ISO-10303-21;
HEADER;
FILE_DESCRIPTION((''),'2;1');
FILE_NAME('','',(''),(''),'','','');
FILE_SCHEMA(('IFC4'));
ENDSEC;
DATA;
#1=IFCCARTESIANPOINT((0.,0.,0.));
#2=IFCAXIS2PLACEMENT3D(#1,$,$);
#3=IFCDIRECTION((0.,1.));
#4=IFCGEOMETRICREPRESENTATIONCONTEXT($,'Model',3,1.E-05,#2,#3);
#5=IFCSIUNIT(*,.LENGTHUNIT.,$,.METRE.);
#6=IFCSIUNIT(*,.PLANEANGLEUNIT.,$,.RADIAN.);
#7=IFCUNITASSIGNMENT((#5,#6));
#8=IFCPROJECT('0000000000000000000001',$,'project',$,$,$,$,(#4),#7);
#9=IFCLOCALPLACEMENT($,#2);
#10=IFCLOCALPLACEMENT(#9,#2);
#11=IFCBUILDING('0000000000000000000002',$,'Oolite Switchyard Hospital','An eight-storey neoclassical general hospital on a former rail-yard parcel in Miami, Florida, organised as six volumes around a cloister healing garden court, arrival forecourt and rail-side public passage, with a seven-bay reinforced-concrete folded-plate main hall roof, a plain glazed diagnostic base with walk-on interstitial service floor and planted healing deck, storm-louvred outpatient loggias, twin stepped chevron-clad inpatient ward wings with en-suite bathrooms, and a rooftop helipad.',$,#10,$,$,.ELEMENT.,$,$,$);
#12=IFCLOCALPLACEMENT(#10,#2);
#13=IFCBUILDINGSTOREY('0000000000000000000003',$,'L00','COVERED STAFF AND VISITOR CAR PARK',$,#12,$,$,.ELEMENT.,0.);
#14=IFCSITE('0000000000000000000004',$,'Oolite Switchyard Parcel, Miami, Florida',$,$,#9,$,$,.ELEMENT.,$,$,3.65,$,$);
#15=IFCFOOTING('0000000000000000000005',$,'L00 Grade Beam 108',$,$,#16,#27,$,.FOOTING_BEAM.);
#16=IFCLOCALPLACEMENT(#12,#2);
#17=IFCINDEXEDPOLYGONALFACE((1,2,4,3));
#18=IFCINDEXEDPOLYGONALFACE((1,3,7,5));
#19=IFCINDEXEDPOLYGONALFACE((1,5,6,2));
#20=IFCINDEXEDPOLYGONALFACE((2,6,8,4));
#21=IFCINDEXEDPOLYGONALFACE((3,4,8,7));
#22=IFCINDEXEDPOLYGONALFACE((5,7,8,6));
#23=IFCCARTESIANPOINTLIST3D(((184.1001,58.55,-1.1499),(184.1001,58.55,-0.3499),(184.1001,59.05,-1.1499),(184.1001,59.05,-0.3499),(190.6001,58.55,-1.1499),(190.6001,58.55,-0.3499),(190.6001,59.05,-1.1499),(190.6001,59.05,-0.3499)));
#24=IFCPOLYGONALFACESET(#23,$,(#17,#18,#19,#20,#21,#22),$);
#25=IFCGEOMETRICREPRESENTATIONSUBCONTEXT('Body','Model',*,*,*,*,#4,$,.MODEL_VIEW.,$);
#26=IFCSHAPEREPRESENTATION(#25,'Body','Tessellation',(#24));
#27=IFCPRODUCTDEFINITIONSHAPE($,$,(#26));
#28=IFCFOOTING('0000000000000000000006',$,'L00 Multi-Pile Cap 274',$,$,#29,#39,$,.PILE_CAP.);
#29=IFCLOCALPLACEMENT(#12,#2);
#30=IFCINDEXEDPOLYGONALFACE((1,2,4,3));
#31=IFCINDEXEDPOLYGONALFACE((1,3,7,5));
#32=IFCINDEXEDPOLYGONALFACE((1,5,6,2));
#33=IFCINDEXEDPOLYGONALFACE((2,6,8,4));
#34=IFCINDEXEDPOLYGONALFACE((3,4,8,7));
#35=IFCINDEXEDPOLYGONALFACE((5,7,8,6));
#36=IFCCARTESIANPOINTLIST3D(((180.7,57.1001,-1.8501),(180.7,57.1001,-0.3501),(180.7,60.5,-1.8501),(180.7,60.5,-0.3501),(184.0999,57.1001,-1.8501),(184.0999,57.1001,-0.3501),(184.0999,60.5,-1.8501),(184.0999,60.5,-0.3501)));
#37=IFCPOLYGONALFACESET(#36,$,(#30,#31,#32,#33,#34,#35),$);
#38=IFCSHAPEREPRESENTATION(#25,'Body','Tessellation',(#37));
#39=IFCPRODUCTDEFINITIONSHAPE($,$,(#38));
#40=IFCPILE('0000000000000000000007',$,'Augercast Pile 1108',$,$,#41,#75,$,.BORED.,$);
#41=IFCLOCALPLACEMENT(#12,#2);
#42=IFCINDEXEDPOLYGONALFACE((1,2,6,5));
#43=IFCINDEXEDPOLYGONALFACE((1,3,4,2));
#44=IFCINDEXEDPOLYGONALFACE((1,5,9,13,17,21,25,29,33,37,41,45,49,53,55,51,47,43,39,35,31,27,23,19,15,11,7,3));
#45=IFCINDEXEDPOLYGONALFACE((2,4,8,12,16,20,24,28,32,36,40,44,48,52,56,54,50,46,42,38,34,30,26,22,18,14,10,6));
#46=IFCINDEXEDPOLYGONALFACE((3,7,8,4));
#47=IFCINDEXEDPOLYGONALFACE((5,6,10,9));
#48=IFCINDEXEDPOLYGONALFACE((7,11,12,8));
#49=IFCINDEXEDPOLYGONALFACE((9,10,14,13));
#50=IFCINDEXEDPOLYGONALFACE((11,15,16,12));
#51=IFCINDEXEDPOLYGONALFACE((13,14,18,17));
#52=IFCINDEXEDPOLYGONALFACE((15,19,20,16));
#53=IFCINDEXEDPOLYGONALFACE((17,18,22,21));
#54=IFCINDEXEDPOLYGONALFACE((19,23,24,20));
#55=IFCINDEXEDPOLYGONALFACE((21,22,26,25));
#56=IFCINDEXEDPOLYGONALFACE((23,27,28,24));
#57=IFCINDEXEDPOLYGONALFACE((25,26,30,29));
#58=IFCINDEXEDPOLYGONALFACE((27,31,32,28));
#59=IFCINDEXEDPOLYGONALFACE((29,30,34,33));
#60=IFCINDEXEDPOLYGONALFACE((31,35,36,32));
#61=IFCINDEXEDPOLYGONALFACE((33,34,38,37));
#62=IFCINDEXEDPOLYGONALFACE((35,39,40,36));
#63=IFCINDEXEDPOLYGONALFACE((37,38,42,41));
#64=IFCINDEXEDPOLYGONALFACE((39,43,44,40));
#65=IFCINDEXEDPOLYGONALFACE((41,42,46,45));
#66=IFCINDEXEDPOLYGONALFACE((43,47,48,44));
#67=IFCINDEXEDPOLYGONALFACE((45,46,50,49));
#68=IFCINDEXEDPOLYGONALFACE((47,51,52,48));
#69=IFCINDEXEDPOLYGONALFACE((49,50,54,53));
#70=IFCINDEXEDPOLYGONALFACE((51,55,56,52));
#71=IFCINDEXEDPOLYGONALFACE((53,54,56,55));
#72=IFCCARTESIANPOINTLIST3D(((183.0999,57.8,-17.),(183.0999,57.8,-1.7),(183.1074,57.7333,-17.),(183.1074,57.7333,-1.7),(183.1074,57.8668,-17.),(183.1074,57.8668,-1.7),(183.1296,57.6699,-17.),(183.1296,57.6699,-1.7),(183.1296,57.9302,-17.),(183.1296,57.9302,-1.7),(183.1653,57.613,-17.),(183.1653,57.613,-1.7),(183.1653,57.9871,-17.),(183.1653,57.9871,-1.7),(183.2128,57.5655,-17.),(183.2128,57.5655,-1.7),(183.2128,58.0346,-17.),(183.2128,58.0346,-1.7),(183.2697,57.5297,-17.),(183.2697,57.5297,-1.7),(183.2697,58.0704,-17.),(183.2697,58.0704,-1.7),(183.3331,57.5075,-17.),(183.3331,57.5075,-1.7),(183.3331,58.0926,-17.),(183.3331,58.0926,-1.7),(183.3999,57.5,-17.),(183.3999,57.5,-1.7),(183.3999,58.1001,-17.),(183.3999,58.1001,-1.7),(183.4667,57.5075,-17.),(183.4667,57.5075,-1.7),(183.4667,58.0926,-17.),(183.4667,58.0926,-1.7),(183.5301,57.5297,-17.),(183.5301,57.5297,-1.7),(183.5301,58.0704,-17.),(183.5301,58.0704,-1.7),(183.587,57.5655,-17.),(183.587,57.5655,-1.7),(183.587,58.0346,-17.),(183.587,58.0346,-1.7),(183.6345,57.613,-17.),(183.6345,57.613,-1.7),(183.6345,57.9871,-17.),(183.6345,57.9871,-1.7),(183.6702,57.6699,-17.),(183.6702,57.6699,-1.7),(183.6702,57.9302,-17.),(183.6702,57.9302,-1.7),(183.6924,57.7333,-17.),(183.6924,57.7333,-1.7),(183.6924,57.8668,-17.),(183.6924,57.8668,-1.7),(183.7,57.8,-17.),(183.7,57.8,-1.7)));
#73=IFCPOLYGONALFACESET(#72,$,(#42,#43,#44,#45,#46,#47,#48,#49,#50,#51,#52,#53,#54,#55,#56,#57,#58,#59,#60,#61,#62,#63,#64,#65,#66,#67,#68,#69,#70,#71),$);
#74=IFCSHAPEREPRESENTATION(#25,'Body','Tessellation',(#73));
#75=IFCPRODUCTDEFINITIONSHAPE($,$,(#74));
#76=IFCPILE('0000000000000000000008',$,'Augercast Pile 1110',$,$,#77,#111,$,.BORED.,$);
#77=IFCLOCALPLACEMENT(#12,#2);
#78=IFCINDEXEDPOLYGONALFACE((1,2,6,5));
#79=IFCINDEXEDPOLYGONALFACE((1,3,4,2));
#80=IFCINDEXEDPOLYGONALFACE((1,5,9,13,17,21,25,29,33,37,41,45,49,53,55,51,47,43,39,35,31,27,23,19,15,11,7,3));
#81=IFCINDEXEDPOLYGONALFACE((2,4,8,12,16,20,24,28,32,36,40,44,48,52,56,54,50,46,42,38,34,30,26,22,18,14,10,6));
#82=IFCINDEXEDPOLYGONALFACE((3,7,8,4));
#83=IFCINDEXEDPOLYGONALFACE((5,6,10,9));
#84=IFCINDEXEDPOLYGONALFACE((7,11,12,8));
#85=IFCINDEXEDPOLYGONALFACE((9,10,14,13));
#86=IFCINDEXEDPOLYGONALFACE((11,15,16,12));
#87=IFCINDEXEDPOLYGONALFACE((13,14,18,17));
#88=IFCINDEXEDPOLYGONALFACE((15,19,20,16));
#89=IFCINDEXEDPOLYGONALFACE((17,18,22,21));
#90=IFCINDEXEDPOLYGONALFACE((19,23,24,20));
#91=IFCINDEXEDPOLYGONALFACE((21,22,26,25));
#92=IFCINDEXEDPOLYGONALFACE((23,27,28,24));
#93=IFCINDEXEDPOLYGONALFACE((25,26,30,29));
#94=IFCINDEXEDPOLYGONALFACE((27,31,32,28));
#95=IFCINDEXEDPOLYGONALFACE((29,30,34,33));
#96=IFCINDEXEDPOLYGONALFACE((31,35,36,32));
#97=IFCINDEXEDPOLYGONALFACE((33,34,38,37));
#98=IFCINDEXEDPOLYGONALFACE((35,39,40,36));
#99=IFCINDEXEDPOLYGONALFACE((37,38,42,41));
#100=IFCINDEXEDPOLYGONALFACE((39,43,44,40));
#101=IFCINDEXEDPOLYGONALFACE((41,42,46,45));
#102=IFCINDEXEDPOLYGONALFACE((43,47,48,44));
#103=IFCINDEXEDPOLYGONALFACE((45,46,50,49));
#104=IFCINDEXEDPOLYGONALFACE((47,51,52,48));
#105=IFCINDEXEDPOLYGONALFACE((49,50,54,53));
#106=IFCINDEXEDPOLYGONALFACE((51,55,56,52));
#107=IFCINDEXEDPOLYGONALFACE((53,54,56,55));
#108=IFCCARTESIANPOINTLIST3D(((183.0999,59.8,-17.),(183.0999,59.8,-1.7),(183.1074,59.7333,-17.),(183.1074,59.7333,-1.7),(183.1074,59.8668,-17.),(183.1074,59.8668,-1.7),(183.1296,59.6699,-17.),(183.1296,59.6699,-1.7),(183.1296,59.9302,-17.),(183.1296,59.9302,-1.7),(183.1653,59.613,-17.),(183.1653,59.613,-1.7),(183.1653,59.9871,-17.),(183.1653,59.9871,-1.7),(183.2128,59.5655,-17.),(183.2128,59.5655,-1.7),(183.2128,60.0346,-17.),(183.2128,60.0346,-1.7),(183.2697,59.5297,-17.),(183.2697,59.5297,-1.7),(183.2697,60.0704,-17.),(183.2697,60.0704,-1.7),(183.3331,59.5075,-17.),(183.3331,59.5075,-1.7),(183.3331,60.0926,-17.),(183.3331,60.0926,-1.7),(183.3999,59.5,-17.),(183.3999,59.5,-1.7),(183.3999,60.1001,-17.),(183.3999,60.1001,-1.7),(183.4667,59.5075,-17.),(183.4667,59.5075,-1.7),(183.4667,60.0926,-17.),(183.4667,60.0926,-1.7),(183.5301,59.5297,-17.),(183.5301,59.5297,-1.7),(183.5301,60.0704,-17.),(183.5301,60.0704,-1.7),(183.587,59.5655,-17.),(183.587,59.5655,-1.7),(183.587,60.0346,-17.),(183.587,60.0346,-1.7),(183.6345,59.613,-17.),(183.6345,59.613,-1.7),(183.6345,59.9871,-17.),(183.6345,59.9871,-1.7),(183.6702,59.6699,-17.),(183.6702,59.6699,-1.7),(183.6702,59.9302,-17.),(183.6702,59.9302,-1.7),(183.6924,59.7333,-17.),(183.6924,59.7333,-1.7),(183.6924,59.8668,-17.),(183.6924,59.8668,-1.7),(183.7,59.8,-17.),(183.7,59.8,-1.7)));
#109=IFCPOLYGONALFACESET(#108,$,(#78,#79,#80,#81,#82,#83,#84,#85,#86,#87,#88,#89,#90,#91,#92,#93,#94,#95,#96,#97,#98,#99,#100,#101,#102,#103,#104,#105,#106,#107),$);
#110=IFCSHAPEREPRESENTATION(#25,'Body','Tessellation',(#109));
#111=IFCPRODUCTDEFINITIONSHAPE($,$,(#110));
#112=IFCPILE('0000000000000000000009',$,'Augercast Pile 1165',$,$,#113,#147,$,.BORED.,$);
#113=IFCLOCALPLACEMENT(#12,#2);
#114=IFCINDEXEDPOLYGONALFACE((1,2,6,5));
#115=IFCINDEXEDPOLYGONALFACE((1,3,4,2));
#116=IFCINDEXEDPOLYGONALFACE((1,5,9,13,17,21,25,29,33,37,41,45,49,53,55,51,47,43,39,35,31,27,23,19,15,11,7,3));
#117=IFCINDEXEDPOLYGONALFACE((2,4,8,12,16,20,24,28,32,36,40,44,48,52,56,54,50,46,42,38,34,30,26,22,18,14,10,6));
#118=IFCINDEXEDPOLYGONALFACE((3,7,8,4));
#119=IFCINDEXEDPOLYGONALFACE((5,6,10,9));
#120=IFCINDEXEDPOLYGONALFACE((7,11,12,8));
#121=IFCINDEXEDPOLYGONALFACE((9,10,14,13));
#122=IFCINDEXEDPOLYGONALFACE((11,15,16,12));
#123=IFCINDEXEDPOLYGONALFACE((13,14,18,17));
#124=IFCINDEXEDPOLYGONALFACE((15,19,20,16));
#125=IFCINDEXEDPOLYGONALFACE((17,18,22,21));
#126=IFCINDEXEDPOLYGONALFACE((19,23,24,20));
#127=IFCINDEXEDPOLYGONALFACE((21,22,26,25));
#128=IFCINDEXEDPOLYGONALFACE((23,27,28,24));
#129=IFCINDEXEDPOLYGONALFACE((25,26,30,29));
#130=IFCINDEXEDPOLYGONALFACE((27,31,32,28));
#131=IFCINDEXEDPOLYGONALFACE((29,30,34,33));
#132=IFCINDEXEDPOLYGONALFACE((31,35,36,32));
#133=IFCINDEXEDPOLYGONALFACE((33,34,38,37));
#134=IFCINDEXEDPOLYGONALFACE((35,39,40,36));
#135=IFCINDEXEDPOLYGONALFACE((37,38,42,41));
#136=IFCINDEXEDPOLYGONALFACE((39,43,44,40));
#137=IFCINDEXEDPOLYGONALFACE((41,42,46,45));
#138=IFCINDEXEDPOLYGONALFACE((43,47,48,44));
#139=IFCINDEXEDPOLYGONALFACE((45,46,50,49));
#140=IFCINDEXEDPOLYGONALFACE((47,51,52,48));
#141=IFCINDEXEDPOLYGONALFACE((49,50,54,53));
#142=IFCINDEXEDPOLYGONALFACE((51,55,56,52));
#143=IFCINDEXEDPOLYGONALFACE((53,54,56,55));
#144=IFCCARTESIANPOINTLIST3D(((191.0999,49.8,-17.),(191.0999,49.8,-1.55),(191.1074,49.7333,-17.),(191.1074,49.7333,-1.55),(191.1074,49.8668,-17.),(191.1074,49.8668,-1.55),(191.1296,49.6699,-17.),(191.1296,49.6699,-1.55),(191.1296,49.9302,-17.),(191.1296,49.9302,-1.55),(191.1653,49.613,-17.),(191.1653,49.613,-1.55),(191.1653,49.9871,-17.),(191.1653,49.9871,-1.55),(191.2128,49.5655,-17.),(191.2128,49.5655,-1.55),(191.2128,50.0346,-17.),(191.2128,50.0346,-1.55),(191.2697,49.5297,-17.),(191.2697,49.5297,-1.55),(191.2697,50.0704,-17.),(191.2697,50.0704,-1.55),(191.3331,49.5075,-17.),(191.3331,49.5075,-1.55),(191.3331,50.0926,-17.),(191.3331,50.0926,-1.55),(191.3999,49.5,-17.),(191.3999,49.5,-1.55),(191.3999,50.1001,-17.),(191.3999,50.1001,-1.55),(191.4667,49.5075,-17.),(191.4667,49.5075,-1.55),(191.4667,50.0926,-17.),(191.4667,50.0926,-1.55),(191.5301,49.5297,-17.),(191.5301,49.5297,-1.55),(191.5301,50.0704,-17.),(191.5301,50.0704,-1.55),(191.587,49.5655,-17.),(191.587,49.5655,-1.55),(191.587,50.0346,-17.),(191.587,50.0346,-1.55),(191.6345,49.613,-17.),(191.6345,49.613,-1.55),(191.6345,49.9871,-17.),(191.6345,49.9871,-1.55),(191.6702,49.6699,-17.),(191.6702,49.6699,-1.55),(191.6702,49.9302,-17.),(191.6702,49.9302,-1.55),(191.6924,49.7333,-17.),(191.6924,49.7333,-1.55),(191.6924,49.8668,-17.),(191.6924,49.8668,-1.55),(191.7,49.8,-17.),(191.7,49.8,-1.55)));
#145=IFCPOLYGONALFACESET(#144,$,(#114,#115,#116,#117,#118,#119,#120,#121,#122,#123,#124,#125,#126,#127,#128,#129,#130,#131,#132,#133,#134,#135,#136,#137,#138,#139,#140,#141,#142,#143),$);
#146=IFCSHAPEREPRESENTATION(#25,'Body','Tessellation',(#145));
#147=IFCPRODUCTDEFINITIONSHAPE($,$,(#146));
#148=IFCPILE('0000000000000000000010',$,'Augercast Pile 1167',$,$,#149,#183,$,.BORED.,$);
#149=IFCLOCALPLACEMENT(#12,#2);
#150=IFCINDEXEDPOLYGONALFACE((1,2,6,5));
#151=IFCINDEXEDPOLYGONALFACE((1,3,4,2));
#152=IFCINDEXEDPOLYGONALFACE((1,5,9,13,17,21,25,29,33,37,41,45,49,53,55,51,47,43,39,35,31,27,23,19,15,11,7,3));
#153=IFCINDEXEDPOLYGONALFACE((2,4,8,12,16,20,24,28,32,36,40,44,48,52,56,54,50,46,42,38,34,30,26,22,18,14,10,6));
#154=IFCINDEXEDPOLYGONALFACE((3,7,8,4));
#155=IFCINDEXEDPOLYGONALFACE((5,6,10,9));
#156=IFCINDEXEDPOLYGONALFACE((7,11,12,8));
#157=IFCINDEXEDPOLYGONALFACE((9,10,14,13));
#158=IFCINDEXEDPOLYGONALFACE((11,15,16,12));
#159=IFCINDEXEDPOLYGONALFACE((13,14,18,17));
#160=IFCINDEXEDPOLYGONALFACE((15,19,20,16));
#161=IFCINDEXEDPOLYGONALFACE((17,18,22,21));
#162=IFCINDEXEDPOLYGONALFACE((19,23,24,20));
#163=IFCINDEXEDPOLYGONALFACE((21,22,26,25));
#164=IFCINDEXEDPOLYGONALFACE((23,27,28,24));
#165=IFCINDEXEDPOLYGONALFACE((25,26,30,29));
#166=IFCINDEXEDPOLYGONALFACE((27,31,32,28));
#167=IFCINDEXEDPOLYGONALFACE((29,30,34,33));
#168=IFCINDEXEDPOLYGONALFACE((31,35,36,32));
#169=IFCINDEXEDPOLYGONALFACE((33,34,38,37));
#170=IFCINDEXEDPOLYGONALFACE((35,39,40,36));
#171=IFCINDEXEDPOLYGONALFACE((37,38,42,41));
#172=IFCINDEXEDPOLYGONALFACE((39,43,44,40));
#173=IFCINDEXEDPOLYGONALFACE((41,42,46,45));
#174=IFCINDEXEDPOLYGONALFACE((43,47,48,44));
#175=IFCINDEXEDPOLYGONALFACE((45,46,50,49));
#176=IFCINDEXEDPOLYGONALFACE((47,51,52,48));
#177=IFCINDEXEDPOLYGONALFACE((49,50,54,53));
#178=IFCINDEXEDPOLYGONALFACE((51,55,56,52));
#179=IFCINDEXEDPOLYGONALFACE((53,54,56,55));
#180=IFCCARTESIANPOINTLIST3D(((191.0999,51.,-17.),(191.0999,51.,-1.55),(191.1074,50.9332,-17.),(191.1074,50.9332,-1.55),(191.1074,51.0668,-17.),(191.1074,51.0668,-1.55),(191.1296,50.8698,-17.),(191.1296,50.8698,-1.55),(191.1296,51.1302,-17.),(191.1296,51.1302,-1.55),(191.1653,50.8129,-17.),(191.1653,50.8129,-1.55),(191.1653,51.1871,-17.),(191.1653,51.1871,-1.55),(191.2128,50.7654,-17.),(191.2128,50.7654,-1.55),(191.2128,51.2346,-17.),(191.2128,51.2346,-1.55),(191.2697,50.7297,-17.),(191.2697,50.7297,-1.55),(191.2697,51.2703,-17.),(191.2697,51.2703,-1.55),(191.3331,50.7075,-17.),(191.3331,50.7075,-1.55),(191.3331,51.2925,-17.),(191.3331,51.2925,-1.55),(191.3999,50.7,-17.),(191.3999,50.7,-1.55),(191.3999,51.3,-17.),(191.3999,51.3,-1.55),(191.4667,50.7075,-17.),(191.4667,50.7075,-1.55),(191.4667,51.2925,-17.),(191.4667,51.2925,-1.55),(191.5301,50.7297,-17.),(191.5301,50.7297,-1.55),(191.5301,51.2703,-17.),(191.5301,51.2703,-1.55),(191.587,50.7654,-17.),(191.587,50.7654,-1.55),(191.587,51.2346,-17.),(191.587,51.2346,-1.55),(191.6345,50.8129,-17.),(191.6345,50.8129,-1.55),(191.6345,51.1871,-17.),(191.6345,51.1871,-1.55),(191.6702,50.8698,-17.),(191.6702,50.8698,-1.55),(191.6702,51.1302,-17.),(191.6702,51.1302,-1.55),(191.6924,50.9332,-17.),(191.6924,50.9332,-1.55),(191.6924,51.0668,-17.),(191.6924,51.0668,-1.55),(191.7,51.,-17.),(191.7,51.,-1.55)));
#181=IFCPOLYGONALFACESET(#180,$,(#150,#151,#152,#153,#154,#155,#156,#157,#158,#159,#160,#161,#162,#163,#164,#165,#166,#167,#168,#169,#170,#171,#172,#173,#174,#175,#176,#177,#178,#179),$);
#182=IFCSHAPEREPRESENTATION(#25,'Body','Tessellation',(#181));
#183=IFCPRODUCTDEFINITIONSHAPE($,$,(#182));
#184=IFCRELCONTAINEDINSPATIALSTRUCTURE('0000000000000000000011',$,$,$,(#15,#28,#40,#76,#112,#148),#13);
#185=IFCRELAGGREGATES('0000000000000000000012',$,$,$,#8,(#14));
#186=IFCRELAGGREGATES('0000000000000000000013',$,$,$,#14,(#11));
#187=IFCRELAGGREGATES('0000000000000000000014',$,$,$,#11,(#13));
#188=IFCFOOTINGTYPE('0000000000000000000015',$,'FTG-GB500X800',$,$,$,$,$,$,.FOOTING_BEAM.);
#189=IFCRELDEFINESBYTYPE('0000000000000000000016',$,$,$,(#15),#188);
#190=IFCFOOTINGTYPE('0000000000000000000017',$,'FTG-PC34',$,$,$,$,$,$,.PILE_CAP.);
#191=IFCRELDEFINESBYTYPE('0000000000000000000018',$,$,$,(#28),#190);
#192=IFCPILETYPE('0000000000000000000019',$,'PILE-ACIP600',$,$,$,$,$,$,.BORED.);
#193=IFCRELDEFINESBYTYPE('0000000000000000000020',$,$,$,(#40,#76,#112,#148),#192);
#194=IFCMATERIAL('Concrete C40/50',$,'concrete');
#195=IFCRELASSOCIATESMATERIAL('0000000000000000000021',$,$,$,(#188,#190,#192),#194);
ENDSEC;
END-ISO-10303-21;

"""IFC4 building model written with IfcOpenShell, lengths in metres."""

from ifc_helpers import new_model, si_unit, direction, frame, origin, origin_2d, place, context, subcontext, project, spatial, rectangle, circle, extrude, material, material_profile, profile_set, type_object, element, save


model = new_model("IFC4")

# Units and contexts
model_context = context("Model", 3, precision=1e-05, world=origin(), true_north=direction((0.0, 1.0)))
body_context = subcontext(model_context, "Body", "Model", "MODEL_VIEW")
ifc_project = project(units=[si_unit("LENGTHUNIT", "METRE"), si_unit("PLANEANGLEUNIT", "RADIAN")], contexts=[model_context])

# Site, building, storey
site_placement = place(None, origin())
site = spatial("IfcSite", under=ifc_project, at=site_placement, Name="Oolite Switchyard Parcel, Miami, Florida", CompositionType="ELEMENT", RefElevation=3.65)
building_placement = place(site_placement, origin())
building = spatial("IfcBuilding", under=site, at=building_placement, Name="Oolite Switchyard Hospital", Description="An eight-storey neoclassical general hospital on a former rail-yard parcel in Miami, Florida, organised as six volumes around a cloister healing garden court, arrival forecourt and rail-side public passage, with a seven-bay reinforced-concrete folded-plate main hall roof, a plain glazed diagnostic base with walk-on interstitial service floor and planted healing deck, storm-louvred outpatient loggias, twin stepped chevron-clad inpatient ward wings with en-suite bathrooms, and a rooftop helipad.", CompositionType="ELEMENT")
storey_placement = place(building_placement, origin())
storey = spatial("IfcBuildingStorey", under=building, at=storey_placement, Name="L00", Description="COVERED STAFF AND VISITOR CAR PARK", CompositionType="ELEMENT", Elevation=0.0)

# Footings
ifc_material_1 = material(Name="Concrete C40/50", Category="concrete")
footing_type_1 = type_object("IfcFootingType", Name="FTG-GB500X800", PredefinedType="FOOTING_BEAM", material=ifc_material_1)
footing_1_placement = place(storey_placement, frame((187.3501, 58.8, -1.1499), z_axis=(0.0, 0.0, 1.0), x_axis=(1.0, 0.0, 0.0)))
element("IfcFooting", 1, at=footing_1_placement, inside=storey, type_object=footing_type_1, Name="L00 Grade Beam 108", PredefinedType="FOOTING_BEAM", context=body_context, shape_type="SweptSolid", body=[
    extrude(rectangle(XDim=6.5, YDim=0.5, at=origin_2d()), origin(), (0.0, 0.0, 1.0), 0.8),
])
footing_type_2 = type_object("IfcFootingType", Name="FTG-PC34", PredefinedType="PILE_CAP", material=ifc_material_1)
footing_2_placement = place(storey_placement, frame((182.3999, 58.8, -1.8501), z_axis=(0.0, 0.0, 1.0), x_axis=(1.0, 0.0, 0.0)))
element("IfcFooting", 2, at=footing_2_placement, inside=storey, type_object=footing_type_2, Name="L00 Multi-Pile Cap 274", PredefinedType="PILE_CAP", context=body_context, shape_type="SweptSolid", body=[
    extrude(rectangle(XDim=3.3999, YDim=3.3999, at=origin_2d()), origin(), (0.0, 0.0, 1.0), 1.5),
])

# Piles
ifc_material_profile_1 = material_profile(ifc_material_1, circle(Radius=0.3, at=origin_2d()), Name="PILE600")
ifc_profile_set_1 = profile_set([ifc_material_profile_1], Name="Concrete C40/50")
pile_type_1 = type_object("IfcPileType", Name="PILE-ACIP600", PredefinedType="BORED", material=ifc_profile_set_1)
for number, where, z_axis, x_axis, name in (
    (3, (183.3999, 57.8, -1.7), (0.0, 0.0, -1.0), (1.0, 0.0, 0.0), "Augercast Pile 1108"),
    (4, (183.3999, 59.8, -1.7), (0.0, 0.0, -1.0), (1.0, 0.0, 0.0), "Augercast Pile 1110"),
):
    element("IfcPile", number, at=place(storey_placement, frame(where, z_axis=z_axis, x_axis=x_axis)), inside=storey, type_object=pile_type_1, Name=name, PredefinedType="BORED", context=body_context, shape_type="SweptSolid", body=[
        extrude(circle(Radius=0.3, at=origin_2d()), origin(), (0.0, 0.0, 1.0), 15.3),
    ])
for number, where, z_axis, x_axis, name in (
    (5, (191.3999, 49.8, -1.55), (0.0, 0.0, -1.0), (1.0, 0.0, 0.0), "Augercast Pile 1165"),
    (6, (191.3999, 51.0, -1.55), (0.0, 0.0, -1.0), (1.0, 0.0, 0.0), "Augercast Pile 1167"),
):
    element("IfcPile", number, at=place(storey_placement, frame(where, z_axis=z_axis, x_axis=x_axis)), inside=storey, type_object=pile_type_1, Name=name, PredefinedType="BORED", context=body_context, shape_type="SweptSolid", body=[
        extrude(circle(Radius=0.3, at=origin_2d()), origin(), (0.0, 0.0, 1.0), 15.45),
    ])

save(model, "model.ifc")
